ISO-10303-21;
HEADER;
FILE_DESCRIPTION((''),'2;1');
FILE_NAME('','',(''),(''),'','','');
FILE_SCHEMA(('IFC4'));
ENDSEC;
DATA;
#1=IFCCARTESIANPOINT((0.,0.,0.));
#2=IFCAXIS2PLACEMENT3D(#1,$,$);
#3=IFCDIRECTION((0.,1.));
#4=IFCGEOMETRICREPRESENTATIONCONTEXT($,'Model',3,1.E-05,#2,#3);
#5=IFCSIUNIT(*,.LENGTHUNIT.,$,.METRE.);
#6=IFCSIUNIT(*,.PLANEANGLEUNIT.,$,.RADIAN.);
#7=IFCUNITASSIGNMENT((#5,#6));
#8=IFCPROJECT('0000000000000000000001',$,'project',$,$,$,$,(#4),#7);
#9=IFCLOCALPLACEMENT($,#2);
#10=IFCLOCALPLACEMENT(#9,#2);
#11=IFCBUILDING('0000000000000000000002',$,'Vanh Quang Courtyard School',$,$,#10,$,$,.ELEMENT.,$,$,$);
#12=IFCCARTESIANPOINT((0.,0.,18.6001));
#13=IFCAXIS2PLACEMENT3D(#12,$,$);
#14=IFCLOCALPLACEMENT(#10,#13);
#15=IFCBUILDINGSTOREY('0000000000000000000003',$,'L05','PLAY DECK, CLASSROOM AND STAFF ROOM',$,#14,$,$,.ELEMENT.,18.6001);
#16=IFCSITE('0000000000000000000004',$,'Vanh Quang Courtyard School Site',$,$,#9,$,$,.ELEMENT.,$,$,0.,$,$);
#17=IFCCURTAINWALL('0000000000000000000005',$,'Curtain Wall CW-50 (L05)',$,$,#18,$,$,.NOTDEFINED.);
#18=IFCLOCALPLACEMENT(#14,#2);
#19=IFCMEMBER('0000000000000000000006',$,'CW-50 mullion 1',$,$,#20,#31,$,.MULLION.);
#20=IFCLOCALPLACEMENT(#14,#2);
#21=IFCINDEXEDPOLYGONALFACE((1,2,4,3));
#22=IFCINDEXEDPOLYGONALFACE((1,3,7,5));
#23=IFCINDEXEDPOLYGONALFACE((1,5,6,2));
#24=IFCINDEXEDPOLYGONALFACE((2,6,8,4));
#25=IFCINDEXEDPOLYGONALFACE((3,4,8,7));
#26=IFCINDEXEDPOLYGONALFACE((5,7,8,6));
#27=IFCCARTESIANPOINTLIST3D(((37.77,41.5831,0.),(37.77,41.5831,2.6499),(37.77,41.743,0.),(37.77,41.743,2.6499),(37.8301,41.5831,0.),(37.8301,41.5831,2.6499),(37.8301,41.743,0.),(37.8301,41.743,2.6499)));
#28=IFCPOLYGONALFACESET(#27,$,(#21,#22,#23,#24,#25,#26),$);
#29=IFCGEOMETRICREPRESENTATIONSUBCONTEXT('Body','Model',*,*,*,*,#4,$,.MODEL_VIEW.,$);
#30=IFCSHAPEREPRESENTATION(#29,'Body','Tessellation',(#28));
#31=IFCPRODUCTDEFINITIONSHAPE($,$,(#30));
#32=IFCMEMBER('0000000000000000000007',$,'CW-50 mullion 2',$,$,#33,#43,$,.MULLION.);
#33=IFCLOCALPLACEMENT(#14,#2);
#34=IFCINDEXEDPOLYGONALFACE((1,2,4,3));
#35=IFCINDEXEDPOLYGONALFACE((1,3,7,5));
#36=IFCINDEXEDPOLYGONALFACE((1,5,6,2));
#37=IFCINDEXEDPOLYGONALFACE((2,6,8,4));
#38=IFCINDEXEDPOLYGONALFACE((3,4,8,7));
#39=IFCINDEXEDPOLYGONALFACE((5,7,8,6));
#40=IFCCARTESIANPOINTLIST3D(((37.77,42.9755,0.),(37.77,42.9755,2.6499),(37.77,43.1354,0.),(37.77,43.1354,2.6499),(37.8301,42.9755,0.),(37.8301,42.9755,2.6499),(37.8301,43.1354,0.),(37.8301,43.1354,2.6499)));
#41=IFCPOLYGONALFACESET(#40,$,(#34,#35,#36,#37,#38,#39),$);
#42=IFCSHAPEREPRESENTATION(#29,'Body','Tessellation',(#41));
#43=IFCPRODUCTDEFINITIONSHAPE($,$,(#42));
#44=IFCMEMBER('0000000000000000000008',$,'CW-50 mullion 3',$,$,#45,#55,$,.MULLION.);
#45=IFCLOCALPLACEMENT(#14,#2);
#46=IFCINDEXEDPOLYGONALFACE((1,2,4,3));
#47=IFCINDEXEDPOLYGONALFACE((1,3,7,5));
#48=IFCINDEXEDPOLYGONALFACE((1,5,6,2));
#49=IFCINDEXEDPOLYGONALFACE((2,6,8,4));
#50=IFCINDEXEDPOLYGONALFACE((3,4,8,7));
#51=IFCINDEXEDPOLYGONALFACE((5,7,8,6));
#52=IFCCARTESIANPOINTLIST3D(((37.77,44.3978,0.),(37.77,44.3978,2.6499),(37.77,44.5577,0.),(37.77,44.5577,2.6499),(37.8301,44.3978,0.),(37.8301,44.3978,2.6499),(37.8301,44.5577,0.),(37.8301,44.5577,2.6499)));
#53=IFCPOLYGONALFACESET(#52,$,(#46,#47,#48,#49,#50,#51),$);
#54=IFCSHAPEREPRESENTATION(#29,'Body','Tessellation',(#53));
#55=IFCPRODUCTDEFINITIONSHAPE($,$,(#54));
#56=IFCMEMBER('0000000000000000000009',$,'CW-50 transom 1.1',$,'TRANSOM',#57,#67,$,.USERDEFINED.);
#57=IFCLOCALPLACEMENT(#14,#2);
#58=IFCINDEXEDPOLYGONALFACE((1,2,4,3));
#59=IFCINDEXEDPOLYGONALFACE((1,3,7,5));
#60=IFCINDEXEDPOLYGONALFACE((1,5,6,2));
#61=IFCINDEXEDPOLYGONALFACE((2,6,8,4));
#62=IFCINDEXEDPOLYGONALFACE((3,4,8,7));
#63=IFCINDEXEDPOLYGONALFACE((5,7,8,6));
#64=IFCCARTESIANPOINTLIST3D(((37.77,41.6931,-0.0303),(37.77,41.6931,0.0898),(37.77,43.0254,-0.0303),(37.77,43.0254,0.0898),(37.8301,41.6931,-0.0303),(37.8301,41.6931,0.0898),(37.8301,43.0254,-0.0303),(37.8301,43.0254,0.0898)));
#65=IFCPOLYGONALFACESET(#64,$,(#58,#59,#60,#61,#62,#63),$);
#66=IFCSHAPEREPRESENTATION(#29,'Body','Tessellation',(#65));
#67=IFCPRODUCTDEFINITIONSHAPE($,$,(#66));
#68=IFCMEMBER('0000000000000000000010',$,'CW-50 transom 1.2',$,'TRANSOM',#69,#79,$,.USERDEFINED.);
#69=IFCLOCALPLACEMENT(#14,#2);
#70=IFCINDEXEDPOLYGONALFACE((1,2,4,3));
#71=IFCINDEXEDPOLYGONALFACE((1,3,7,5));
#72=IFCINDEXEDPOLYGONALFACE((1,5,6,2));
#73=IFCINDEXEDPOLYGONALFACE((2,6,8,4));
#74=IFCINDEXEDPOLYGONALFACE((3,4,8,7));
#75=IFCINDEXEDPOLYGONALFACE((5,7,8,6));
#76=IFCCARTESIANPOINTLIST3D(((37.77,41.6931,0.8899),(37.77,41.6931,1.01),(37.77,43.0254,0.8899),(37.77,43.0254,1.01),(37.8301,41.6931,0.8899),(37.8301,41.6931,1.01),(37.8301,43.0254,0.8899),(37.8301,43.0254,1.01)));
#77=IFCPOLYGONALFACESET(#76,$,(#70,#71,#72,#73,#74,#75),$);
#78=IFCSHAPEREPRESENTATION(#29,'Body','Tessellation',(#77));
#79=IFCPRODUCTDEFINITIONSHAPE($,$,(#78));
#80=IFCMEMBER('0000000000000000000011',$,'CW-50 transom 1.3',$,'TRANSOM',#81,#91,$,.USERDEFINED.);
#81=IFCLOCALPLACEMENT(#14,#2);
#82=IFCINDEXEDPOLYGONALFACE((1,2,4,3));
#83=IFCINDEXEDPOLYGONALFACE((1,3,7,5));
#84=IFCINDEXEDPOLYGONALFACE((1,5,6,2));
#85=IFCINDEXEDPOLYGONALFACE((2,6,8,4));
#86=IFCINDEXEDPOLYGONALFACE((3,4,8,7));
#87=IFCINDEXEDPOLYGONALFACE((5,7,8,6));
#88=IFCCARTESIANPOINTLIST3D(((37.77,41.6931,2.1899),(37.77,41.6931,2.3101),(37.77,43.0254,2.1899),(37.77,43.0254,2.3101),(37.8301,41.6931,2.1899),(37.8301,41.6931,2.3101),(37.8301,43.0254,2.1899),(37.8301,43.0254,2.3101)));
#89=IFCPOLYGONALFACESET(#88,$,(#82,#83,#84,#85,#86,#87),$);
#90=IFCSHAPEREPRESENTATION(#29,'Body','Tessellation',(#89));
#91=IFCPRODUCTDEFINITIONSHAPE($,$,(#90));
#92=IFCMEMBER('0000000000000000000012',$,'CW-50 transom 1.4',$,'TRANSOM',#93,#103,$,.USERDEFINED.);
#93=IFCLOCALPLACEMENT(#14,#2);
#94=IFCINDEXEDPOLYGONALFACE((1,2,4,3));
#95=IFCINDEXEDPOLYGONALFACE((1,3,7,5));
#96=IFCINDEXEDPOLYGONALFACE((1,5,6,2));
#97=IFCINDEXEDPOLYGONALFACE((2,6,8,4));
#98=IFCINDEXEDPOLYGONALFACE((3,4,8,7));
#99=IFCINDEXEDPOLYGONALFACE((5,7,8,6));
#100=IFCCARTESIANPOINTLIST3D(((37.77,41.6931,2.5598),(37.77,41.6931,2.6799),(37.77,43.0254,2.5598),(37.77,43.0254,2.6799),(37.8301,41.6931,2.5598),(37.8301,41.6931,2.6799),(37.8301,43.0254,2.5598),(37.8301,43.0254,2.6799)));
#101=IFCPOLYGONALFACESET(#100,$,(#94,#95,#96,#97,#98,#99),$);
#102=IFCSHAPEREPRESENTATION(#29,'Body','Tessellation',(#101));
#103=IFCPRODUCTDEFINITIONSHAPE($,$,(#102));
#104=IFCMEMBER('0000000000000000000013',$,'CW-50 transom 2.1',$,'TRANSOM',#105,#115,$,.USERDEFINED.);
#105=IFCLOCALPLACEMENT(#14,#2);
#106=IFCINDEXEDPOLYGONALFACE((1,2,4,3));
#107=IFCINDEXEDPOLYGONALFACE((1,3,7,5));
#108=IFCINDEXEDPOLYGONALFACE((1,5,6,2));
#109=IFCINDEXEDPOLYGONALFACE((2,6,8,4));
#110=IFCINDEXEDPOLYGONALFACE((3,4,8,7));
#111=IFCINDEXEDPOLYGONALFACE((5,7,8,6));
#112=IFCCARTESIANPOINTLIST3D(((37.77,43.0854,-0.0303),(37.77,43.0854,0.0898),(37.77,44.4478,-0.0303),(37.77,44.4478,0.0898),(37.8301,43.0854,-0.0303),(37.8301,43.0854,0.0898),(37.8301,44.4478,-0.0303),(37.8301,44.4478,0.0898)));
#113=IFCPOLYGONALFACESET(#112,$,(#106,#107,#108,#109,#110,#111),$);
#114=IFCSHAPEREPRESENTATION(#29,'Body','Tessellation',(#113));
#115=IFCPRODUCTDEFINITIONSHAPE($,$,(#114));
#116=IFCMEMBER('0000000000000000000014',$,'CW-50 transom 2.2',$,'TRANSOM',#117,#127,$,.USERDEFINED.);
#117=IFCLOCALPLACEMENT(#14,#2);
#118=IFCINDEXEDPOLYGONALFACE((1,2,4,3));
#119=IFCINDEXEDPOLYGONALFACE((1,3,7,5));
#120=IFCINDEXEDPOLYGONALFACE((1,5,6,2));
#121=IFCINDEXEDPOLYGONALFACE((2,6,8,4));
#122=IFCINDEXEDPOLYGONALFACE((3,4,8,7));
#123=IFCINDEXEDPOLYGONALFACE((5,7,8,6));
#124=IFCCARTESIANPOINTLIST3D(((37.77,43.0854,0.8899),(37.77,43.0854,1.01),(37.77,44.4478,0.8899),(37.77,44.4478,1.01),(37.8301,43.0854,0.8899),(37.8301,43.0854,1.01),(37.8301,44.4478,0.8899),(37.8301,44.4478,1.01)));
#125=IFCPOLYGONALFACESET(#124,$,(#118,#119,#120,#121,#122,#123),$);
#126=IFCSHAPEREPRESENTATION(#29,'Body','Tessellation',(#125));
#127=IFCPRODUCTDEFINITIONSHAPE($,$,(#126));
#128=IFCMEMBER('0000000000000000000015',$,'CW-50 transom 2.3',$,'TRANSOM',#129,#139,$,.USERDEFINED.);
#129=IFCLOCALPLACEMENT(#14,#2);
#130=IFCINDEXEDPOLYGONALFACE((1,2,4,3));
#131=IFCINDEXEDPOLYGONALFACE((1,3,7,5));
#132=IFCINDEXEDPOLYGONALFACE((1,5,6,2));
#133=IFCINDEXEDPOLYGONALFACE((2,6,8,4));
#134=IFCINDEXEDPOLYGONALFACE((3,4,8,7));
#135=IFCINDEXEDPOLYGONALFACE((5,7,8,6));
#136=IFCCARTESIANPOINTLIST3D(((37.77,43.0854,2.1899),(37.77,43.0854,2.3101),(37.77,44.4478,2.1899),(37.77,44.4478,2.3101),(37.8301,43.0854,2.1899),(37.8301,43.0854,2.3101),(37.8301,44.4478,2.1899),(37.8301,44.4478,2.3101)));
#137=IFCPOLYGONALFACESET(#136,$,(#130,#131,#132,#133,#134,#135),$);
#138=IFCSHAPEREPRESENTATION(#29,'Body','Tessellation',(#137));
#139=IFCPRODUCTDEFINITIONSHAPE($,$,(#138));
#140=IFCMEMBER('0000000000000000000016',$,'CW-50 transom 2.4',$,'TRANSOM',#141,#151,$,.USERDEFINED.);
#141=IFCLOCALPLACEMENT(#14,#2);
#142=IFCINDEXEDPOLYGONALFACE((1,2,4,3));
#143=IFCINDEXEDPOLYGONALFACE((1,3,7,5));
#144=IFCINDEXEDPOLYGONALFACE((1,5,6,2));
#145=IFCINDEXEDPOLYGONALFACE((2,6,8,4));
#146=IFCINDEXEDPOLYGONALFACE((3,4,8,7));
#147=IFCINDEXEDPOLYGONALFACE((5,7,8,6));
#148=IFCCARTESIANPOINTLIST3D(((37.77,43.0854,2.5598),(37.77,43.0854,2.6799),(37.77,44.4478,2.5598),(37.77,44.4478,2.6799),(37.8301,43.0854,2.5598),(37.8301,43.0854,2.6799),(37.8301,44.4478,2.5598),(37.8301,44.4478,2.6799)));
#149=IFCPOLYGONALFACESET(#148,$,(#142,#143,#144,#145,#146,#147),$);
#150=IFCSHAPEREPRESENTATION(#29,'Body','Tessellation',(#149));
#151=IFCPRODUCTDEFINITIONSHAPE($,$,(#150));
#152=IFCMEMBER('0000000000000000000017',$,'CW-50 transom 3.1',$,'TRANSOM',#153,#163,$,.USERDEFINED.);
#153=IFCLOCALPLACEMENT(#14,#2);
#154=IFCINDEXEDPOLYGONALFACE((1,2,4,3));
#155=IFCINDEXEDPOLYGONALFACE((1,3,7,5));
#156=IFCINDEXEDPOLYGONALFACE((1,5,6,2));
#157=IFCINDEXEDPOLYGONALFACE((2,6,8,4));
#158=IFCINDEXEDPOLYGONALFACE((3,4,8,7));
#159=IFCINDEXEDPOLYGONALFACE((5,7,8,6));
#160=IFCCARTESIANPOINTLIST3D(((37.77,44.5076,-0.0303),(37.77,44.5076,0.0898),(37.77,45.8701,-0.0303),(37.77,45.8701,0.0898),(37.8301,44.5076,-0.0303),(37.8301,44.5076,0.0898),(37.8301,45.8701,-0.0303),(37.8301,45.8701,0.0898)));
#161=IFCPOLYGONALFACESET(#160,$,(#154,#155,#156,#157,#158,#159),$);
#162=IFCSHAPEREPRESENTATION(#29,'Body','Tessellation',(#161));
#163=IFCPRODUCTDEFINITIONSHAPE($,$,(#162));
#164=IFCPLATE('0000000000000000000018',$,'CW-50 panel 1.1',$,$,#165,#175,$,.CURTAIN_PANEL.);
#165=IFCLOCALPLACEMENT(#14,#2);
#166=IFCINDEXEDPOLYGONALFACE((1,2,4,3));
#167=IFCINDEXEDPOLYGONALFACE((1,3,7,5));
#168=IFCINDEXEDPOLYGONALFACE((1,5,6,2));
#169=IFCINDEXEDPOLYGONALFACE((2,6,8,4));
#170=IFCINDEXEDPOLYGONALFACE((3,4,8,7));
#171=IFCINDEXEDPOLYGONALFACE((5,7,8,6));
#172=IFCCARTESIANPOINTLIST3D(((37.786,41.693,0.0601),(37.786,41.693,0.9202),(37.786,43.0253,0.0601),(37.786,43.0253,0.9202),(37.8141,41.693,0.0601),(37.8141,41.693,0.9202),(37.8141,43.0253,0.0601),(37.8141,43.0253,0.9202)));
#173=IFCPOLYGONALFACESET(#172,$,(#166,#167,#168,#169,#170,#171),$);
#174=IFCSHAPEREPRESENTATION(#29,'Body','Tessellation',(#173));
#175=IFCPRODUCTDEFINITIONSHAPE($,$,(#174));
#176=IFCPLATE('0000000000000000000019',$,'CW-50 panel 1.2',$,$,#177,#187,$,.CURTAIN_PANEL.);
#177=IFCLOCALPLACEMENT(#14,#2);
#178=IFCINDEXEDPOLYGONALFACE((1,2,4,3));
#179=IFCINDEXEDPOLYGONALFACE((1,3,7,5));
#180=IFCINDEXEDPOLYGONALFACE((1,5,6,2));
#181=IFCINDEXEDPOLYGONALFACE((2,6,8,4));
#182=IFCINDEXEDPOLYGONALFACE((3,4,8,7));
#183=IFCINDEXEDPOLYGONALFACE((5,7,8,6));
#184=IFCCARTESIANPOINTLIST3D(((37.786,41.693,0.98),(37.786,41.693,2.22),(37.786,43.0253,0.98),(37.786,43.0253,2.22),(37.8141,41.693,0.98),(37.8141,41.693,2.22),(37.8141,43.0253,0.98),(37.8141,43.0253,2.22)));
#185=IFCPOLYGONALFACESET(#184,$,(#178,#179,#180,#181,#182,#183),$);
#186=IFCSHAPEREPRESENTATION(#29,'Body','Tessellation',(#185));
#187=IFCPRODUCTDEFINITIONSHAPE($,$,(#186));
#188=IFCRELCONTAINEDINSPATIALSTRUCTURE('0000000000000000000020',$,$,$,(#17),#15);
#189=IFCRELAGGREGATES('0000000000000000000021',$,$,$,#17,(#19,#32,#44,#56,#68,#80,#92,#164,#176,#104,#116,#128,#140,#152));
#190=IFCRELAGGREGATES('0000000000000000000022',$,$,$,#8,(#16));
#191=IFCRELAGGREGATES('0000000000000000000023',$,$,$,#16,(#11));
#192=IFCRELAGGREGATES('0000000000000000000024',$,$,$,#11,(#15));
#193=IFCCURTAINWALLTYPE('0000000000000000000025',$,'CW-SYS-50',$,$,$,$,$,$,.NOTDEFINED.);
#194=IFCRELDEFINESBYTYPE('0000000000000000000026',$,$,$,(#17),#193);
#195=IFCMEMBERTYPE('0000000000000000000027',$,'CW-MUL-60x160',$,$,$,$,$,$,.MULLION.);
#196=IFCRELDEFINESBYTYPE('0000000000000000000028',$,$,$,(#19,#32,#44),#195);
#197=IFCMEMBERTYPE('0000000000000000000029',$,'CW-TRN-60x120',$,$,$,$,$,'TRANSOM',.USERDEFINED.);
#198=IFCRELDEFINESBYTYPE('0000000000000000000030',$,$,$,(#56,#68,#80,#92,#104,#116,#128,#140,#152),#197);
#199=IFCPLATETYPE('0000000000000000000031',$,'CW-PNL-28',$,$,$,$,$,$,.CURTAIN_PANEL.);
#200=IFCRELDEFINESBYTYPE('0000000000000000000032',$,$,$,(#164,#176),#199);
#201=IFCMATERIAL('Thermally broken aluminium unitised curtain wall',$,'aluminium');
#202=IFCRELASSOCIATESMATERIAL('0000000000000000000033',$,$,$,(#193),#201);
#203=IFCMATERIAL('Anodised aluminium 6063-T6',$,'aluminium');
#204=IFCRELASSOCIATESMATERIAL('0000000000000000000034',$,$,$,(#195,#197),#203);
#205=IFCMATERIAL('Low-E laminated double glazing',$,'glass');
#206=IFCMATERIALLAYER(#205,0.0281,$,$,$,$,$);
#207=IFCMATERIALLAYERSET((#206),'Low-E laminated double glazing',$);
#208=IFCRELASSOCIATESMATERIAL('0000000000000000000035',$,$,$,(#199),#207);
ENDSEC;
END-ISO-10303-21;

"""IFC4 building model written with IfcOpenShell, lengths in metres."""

from ifc_helpers import new_model, si_unit, direction, frame, origin, origin_2d, place, context, subcontext, project, spatial, rectangle, extrude, material, layer, layer_set, material_profile, profile_set, type_object, element, aggregate, save


model = new_model("IFC4")

# Units and contexts
model_context = context("Model", 3, precision=1e-05, world=origin(), true_north=direction((0.0, 1.0)))
body_context = subcontext(model_context, "Body", "Model", "MODEL_VIEW")
ifc_project = project(units=[si_unit("LENGTHUNIT", "METRE"), si_unit("PLANEANGLEUNIT", "RADIAN")], contexts=[model_context])

# Site, building, storey
site_placement = place(None, origin())
site = spatial("IfcSite", under=ifc_project, at=site_placement, Name="Vanh Quang Courtyard School Site", CompositionType="ELEMENT", RefElevation=0.0)
building_placement = place(site_placement, origin())
building = spatial("IfcBuilding", under=site, at=building_placement, Name="Vanh Quang Courtyard School", CompositionType="ELEMENT")
storey_placement = place(building_placement, frame((0.0, 0.0, 18.6001)))
storey = spatial("IfcBuildingStorey", under=building, at=storey_placement, Name="L05", Description="PLAY DECK, CLASSROOM AND STAFF ROOM", CompositionType="ELEMENT", Elevation=18.6001)

# Curtain wall, members, plates
ifc_material_1 = material(Name="Thermally broken aluminium unitised curtain wall", Category="aluminium")
curtain_wall_type = type_object("IfcCurtainWallType", Name="CW-SYS-50", PredefinedType="NOTDEFINED", material=ifc_material_1)
curtain_wall_placement = place(storey_placement, origin())
curtain_wall = element("IfcCurtainWall", 1, at=curtain_wall_placement, inside=storey, type_object=curtain_wall_type, Name="Curtain Wall CW-50 (L05)", PredefinedType="NOTDEFINED")
ifc_material_2 = material(Name="Anodised aluminium 6063-T6", Category="aluminium")
ifc_material_profile_1 = material_profile(ifc_material_2, rectangle(XDim=0.0601, YDim=0.1599, at=origin_2d()), Name="ALU-MUL 60x160")
ifc_profile_set_1 = profile_set([ifc_material_profile_1], Name="Anodised aluminium 6063-T6")
member_type_1 = type_object("IfcMemberType", Name="CW-MUL-60x160", PredefinedType="MULLION", material=ifc_profile_set_1)
member_1_placement = place(storey_placement, frame((37.8, 41.6631, 0.0), z_axis=(0.0, 0.0, 1.0), x_axis=(-1.0, 0.0, 0.0)))
member_1 = element("IfcMember", 2, at=member_1_placement, type_object=member_type_1, Name="CW-50 mullion 1", PredefinedType="MULLION", context=body_context, shape_type="SweptSolid", body=[
    extrude(rectangle(XDim=0.0601, YDim=0.1599, at=origin_2d()), origin(), (0.0, 0.0, 1.0), 2.6499),
])
member_2_placement = place(storey_placement, frame((37.8, 43.0554, 0.0), z_axis=(0.0, 0.0, 1.0), x_axis=(-1.0, 0.0, 0.0)))
member_2 = element("IfcMember", 3, at=member_2_placement, type_object=member_type_1, Name="CW-50 mullion 2", PredefinedType="MULLION", context=body_context, shape_type="SweptSolid", body=[
    extrude(rectangle(XDim=0.0601, YDim=0.1599, at=origin_2d()), origin(), (0.0, 0.0, 1.0), 2.6499),
])
member_3_placement = place(storey_placement, frame((37.8, 44.4778, 0.0), z_axis=(0.0, 0.0, 1.0), x_axis=(-1.0, 0.0, 0.0)))
member_3 = element("IfcMember", 4, at=member_3_placement, type_object=member_type_1, Name="CW-50 mullion 3", PredefinedType="MULLION", context=body_context, shape_type="SweptSolid", body=[
    extrude(rectangle(XDim=0.0601, YDim=0.1599, at=origin_2d()), origin(), (0.0, 0.0, 1.0), 2.6499),
])
ifc_material_profile_2 = material_profile(ifc_material_2, rectangle(XDim=0.0601, YDim=0.1201, at=origin_2d()), Name="ALU-TRN 60x120")
ifc_profile_set_2 = profile_set([ifc_material_profile_2], Name="Anodised aluminium 6063-T6")
member_type_2 = type_object("IfcMemberType", Name="CW-TRN-60x120", ElementType="TRANSOM", PredefinedType="USERDEFINED", material=ifc_profile_set_2)
member_4_placement = place(storey_placement, frame((37.8, 41.6931, 0.0298), z_axis=(0.0, 1.0, 0.0), x_axis=(-1.0, 0.0, 0.0)))
member_4 = element("IfcMember", 5, at=member_4_placement, type_object=member_type_2, Name="CW-50 transom 1.1", ObjectType="TRANSOM", PredefinedType="USERDEFINED", context=body_context, shape_type="SweptSolid", body=[
    extrude(rectangle(XDim=0.0601, YDim=0.1201, at=origin_2d()), origin(), (0.0, 0.0, 1.0), 1.3323),
])
member_5_placement = place(storey_placement, frame((37.8, 41.6931, 0.95), z_axis=(0.0, 1.0, 0.0), x_axis=(-1.0, 0.0, 0.0)))
member_5 = element("IfcMember", 6, at=member_5_placement, type_object=member_type_2, Name="CW-50 transom 1.2", ObjectType="TRANSOM", PredefinedType="USERDEFINED", context=body_context, shape_type="SweptSolid", body=[
    extrude(rectangle(XDim=0.0601, YDim=0.1201, at=origin_2d()), origin(), (0.0, 0.0, 1.0), 1.3323),
])
member_6_placement = place(storey_placement, frame((37.8, 41.6931, 2.25), z_axis=(0.0, 1.0, 0.0), x_axis=(-1.0, 0.0, 0.0)))
member_6 = element("IfcMember", 7, at=member_6_placement, type_object=member_type_2, Name="CW-50 transom 1.3", ObjectType="TRANSOM", PredefinedType="USERDEFINED", context=body_context, shape_type="SweptSolid", body=[
    extrude(rectangle(XDim=0.0601, YDim=0.1201, at=origin_2d()), origin(), (0.0, 0.0, 1.0), 1.3323),
])
member_7_placement = place(storey_placement, frame((37.8, 41.6931, 2.6199), z_axis=(0.0, 1.0, 0.0), x_axis=(-1.0, 0.0, 0.0)))
member_7 = element("IfcMember", 8, at=member_7_placement, type_object=member_type_2, Name="CW-50 transom 1.4", ObjectType="TRANSOM", PredefinedType="USERDEFINED", context=body_context, shape_type="SweptSolid", body=[
    extrude(rectangle(XDim=0.0601, YDim=0.1201, at=origin_2d()), origin(), (0.0, 0.0, 1.0), 1.3323),
])
member_8_placement = place(storey_placement, frame((37.8, 43.0854, 0.0298), z_axis=(0.0, 1.0, 0.0), x_axis=(-1.0, 0.0, 0.0)))
member_8 = element("IfcMember", 9, at=member_8_placement, type_object=member_type_2, Name="CW-50 transom 2.1", ObjectType="TRANSOM", PredefinedType="USERDEFINED", context=body_context, shape_type="SweptSolid", body=[
    extrude(rectangle(XDim=0.0601, YDim=0.1201, at=origin_2d()), origin(), (0.0, 0.0, 1.0), 1.3623),
])
member_9_placement = place(storey_placement, frame((37.8, 43.0854, 0.95), z_axis=(0.0, 1.0, 0.0), x_axis=(-1.0, 0.0, 0.0)))
member_9 = element("IfcMember", 10, at=member_9_placement, type_object=member_type_2, Name="CW-50 transom 2.2", ObjectType="TRANSOM", PredefinedType="USERDEFINED", context=body_context, shape_type="SweptSolid", body=[
    extrude(rectangle(XDim=0.0601, YDim=0.1201, at=origin_2d()), origin(), (0.0, 0.0, 1.0), 1.3623),
])
member_10_placement = place(storey_placement, frame((37.8, 43.0854, 2.25), z_axis=(0.0, 1.0, 0.0), x_axis=(-1.0, 0.0, 0.0)))
member_10 = element("IfcMember", 11, at=member_10_placement, type_object=member_type_2, Name="CW-50 transom 2.3", ObjectType="TRANSOM", PredefinedType="USERDEFINED", context=body_context, shape_type="SweptSolid", body=[
    extrude(rectangle(XDim=0.0601, YDim=0.1201, at=origin_2d()), origin(), (0.0, 0.0, 1.0), 1.3623),
])
member_11_placement = place(storey_placement, frame((37.8, 43.0854, 2.6199), z_axis=(0.0, 1.0, 0.0), x_axis=(-1.0, 0.0, 0.0)))
member_11 = element("IfcMember", 12, at=member_11_placement, type_object=member_type_2, Name="CW-50 transom 2.4", ObjectType="TRANSOM", PredefinedType="USERDEFINED", context=body_context, shape_type="SweptSolid", body=[
    extrude(rectangle(XDim=0.0601, YDim=0.1201, at=origin_2d()), origin(), (0.0, 0.0, 1.0), 1.3623),
])
member_12_placement = place(storey_placement, frame((37.8, 44.5076, 0.0298), z_axis=(0.0, 1.0, 0.0), x_axis=(-1.0, 0.0, 0.0)))
member_12 = element("IfcMember", 13, at=member_12_placement, type_object=member_type_2, Name="CW-50 transom 3.1", ObjectType="TRANSOM", PredefinedType="USERDEFINED", context=body_context, shape_type="SweptSolid", body=[
    extrude(rectangle(XDim=0.0601, YDim=0.1201, at=origin_2d()), origin(), (0.0, 0.0, 1.0), 1.3625),
])
ifc_material_3 = material(Name="Low-E laminated double glazing", Category="glass")
ifc_layer = layer(ifc_material_3, 0.0281)
ifc_layer_set = layer_set([ifc_layer], Name="Low-E laminated double glazing")
plate_type = type_object("IfcPlateType", Name="CW-PNL-28", PredefinedType="CURTAIN_PANEL", material=ifc_layer_set)
plate_1_placement = place(storey_placement, frame((37.8, 42.3591, 0.0601), z_axis=(0.0, 0.0, 1.0), x_axis=(0.0, 1.0, 0.0)))
plate_1 = element("IfcPlate", 14, at=plate_1_placement, type_object=plate_type, Name="CW-50 panel 1.1", PredefinedType="CURTAIN_PANEL", context=body_context, shape_type="SweptSolid", body=[
    extrude(rectangle(XDim=1.3323, YDim=0.0281, at=origin_2d()), origin(), (0.0, 0.0, 1.0), 0.8601),
])
plate_2_placement = place(storey_placement, frame((37.8, 42.3591, 0.98), z_axis=(0.0, 0.0, 1.0), x_axis=(0.0, 1.0, 0.0)))
plate_2 = element("IfcPlate", 15, at=plate_2_placement, type_object=plate_type, Name="CW-50 panel 1.2", PredefinedType="CURTAIN_PANEL", context=body_context, shape_type="SweptSolid", body=[
    extrude(rectangle(XDim=1.3323, YDim=0.0281, at=origin_2d()), origin(), (0.0, 0.0, 1.0), 1.24),
])
aggregate(curtain_wall, [member_1, member_2, member_3, member_4, member_5, member_6, member_7, plate_1, plate_2, member_8, member_9, member_10, member_11, member_12])

save(model, "model.ifc")
